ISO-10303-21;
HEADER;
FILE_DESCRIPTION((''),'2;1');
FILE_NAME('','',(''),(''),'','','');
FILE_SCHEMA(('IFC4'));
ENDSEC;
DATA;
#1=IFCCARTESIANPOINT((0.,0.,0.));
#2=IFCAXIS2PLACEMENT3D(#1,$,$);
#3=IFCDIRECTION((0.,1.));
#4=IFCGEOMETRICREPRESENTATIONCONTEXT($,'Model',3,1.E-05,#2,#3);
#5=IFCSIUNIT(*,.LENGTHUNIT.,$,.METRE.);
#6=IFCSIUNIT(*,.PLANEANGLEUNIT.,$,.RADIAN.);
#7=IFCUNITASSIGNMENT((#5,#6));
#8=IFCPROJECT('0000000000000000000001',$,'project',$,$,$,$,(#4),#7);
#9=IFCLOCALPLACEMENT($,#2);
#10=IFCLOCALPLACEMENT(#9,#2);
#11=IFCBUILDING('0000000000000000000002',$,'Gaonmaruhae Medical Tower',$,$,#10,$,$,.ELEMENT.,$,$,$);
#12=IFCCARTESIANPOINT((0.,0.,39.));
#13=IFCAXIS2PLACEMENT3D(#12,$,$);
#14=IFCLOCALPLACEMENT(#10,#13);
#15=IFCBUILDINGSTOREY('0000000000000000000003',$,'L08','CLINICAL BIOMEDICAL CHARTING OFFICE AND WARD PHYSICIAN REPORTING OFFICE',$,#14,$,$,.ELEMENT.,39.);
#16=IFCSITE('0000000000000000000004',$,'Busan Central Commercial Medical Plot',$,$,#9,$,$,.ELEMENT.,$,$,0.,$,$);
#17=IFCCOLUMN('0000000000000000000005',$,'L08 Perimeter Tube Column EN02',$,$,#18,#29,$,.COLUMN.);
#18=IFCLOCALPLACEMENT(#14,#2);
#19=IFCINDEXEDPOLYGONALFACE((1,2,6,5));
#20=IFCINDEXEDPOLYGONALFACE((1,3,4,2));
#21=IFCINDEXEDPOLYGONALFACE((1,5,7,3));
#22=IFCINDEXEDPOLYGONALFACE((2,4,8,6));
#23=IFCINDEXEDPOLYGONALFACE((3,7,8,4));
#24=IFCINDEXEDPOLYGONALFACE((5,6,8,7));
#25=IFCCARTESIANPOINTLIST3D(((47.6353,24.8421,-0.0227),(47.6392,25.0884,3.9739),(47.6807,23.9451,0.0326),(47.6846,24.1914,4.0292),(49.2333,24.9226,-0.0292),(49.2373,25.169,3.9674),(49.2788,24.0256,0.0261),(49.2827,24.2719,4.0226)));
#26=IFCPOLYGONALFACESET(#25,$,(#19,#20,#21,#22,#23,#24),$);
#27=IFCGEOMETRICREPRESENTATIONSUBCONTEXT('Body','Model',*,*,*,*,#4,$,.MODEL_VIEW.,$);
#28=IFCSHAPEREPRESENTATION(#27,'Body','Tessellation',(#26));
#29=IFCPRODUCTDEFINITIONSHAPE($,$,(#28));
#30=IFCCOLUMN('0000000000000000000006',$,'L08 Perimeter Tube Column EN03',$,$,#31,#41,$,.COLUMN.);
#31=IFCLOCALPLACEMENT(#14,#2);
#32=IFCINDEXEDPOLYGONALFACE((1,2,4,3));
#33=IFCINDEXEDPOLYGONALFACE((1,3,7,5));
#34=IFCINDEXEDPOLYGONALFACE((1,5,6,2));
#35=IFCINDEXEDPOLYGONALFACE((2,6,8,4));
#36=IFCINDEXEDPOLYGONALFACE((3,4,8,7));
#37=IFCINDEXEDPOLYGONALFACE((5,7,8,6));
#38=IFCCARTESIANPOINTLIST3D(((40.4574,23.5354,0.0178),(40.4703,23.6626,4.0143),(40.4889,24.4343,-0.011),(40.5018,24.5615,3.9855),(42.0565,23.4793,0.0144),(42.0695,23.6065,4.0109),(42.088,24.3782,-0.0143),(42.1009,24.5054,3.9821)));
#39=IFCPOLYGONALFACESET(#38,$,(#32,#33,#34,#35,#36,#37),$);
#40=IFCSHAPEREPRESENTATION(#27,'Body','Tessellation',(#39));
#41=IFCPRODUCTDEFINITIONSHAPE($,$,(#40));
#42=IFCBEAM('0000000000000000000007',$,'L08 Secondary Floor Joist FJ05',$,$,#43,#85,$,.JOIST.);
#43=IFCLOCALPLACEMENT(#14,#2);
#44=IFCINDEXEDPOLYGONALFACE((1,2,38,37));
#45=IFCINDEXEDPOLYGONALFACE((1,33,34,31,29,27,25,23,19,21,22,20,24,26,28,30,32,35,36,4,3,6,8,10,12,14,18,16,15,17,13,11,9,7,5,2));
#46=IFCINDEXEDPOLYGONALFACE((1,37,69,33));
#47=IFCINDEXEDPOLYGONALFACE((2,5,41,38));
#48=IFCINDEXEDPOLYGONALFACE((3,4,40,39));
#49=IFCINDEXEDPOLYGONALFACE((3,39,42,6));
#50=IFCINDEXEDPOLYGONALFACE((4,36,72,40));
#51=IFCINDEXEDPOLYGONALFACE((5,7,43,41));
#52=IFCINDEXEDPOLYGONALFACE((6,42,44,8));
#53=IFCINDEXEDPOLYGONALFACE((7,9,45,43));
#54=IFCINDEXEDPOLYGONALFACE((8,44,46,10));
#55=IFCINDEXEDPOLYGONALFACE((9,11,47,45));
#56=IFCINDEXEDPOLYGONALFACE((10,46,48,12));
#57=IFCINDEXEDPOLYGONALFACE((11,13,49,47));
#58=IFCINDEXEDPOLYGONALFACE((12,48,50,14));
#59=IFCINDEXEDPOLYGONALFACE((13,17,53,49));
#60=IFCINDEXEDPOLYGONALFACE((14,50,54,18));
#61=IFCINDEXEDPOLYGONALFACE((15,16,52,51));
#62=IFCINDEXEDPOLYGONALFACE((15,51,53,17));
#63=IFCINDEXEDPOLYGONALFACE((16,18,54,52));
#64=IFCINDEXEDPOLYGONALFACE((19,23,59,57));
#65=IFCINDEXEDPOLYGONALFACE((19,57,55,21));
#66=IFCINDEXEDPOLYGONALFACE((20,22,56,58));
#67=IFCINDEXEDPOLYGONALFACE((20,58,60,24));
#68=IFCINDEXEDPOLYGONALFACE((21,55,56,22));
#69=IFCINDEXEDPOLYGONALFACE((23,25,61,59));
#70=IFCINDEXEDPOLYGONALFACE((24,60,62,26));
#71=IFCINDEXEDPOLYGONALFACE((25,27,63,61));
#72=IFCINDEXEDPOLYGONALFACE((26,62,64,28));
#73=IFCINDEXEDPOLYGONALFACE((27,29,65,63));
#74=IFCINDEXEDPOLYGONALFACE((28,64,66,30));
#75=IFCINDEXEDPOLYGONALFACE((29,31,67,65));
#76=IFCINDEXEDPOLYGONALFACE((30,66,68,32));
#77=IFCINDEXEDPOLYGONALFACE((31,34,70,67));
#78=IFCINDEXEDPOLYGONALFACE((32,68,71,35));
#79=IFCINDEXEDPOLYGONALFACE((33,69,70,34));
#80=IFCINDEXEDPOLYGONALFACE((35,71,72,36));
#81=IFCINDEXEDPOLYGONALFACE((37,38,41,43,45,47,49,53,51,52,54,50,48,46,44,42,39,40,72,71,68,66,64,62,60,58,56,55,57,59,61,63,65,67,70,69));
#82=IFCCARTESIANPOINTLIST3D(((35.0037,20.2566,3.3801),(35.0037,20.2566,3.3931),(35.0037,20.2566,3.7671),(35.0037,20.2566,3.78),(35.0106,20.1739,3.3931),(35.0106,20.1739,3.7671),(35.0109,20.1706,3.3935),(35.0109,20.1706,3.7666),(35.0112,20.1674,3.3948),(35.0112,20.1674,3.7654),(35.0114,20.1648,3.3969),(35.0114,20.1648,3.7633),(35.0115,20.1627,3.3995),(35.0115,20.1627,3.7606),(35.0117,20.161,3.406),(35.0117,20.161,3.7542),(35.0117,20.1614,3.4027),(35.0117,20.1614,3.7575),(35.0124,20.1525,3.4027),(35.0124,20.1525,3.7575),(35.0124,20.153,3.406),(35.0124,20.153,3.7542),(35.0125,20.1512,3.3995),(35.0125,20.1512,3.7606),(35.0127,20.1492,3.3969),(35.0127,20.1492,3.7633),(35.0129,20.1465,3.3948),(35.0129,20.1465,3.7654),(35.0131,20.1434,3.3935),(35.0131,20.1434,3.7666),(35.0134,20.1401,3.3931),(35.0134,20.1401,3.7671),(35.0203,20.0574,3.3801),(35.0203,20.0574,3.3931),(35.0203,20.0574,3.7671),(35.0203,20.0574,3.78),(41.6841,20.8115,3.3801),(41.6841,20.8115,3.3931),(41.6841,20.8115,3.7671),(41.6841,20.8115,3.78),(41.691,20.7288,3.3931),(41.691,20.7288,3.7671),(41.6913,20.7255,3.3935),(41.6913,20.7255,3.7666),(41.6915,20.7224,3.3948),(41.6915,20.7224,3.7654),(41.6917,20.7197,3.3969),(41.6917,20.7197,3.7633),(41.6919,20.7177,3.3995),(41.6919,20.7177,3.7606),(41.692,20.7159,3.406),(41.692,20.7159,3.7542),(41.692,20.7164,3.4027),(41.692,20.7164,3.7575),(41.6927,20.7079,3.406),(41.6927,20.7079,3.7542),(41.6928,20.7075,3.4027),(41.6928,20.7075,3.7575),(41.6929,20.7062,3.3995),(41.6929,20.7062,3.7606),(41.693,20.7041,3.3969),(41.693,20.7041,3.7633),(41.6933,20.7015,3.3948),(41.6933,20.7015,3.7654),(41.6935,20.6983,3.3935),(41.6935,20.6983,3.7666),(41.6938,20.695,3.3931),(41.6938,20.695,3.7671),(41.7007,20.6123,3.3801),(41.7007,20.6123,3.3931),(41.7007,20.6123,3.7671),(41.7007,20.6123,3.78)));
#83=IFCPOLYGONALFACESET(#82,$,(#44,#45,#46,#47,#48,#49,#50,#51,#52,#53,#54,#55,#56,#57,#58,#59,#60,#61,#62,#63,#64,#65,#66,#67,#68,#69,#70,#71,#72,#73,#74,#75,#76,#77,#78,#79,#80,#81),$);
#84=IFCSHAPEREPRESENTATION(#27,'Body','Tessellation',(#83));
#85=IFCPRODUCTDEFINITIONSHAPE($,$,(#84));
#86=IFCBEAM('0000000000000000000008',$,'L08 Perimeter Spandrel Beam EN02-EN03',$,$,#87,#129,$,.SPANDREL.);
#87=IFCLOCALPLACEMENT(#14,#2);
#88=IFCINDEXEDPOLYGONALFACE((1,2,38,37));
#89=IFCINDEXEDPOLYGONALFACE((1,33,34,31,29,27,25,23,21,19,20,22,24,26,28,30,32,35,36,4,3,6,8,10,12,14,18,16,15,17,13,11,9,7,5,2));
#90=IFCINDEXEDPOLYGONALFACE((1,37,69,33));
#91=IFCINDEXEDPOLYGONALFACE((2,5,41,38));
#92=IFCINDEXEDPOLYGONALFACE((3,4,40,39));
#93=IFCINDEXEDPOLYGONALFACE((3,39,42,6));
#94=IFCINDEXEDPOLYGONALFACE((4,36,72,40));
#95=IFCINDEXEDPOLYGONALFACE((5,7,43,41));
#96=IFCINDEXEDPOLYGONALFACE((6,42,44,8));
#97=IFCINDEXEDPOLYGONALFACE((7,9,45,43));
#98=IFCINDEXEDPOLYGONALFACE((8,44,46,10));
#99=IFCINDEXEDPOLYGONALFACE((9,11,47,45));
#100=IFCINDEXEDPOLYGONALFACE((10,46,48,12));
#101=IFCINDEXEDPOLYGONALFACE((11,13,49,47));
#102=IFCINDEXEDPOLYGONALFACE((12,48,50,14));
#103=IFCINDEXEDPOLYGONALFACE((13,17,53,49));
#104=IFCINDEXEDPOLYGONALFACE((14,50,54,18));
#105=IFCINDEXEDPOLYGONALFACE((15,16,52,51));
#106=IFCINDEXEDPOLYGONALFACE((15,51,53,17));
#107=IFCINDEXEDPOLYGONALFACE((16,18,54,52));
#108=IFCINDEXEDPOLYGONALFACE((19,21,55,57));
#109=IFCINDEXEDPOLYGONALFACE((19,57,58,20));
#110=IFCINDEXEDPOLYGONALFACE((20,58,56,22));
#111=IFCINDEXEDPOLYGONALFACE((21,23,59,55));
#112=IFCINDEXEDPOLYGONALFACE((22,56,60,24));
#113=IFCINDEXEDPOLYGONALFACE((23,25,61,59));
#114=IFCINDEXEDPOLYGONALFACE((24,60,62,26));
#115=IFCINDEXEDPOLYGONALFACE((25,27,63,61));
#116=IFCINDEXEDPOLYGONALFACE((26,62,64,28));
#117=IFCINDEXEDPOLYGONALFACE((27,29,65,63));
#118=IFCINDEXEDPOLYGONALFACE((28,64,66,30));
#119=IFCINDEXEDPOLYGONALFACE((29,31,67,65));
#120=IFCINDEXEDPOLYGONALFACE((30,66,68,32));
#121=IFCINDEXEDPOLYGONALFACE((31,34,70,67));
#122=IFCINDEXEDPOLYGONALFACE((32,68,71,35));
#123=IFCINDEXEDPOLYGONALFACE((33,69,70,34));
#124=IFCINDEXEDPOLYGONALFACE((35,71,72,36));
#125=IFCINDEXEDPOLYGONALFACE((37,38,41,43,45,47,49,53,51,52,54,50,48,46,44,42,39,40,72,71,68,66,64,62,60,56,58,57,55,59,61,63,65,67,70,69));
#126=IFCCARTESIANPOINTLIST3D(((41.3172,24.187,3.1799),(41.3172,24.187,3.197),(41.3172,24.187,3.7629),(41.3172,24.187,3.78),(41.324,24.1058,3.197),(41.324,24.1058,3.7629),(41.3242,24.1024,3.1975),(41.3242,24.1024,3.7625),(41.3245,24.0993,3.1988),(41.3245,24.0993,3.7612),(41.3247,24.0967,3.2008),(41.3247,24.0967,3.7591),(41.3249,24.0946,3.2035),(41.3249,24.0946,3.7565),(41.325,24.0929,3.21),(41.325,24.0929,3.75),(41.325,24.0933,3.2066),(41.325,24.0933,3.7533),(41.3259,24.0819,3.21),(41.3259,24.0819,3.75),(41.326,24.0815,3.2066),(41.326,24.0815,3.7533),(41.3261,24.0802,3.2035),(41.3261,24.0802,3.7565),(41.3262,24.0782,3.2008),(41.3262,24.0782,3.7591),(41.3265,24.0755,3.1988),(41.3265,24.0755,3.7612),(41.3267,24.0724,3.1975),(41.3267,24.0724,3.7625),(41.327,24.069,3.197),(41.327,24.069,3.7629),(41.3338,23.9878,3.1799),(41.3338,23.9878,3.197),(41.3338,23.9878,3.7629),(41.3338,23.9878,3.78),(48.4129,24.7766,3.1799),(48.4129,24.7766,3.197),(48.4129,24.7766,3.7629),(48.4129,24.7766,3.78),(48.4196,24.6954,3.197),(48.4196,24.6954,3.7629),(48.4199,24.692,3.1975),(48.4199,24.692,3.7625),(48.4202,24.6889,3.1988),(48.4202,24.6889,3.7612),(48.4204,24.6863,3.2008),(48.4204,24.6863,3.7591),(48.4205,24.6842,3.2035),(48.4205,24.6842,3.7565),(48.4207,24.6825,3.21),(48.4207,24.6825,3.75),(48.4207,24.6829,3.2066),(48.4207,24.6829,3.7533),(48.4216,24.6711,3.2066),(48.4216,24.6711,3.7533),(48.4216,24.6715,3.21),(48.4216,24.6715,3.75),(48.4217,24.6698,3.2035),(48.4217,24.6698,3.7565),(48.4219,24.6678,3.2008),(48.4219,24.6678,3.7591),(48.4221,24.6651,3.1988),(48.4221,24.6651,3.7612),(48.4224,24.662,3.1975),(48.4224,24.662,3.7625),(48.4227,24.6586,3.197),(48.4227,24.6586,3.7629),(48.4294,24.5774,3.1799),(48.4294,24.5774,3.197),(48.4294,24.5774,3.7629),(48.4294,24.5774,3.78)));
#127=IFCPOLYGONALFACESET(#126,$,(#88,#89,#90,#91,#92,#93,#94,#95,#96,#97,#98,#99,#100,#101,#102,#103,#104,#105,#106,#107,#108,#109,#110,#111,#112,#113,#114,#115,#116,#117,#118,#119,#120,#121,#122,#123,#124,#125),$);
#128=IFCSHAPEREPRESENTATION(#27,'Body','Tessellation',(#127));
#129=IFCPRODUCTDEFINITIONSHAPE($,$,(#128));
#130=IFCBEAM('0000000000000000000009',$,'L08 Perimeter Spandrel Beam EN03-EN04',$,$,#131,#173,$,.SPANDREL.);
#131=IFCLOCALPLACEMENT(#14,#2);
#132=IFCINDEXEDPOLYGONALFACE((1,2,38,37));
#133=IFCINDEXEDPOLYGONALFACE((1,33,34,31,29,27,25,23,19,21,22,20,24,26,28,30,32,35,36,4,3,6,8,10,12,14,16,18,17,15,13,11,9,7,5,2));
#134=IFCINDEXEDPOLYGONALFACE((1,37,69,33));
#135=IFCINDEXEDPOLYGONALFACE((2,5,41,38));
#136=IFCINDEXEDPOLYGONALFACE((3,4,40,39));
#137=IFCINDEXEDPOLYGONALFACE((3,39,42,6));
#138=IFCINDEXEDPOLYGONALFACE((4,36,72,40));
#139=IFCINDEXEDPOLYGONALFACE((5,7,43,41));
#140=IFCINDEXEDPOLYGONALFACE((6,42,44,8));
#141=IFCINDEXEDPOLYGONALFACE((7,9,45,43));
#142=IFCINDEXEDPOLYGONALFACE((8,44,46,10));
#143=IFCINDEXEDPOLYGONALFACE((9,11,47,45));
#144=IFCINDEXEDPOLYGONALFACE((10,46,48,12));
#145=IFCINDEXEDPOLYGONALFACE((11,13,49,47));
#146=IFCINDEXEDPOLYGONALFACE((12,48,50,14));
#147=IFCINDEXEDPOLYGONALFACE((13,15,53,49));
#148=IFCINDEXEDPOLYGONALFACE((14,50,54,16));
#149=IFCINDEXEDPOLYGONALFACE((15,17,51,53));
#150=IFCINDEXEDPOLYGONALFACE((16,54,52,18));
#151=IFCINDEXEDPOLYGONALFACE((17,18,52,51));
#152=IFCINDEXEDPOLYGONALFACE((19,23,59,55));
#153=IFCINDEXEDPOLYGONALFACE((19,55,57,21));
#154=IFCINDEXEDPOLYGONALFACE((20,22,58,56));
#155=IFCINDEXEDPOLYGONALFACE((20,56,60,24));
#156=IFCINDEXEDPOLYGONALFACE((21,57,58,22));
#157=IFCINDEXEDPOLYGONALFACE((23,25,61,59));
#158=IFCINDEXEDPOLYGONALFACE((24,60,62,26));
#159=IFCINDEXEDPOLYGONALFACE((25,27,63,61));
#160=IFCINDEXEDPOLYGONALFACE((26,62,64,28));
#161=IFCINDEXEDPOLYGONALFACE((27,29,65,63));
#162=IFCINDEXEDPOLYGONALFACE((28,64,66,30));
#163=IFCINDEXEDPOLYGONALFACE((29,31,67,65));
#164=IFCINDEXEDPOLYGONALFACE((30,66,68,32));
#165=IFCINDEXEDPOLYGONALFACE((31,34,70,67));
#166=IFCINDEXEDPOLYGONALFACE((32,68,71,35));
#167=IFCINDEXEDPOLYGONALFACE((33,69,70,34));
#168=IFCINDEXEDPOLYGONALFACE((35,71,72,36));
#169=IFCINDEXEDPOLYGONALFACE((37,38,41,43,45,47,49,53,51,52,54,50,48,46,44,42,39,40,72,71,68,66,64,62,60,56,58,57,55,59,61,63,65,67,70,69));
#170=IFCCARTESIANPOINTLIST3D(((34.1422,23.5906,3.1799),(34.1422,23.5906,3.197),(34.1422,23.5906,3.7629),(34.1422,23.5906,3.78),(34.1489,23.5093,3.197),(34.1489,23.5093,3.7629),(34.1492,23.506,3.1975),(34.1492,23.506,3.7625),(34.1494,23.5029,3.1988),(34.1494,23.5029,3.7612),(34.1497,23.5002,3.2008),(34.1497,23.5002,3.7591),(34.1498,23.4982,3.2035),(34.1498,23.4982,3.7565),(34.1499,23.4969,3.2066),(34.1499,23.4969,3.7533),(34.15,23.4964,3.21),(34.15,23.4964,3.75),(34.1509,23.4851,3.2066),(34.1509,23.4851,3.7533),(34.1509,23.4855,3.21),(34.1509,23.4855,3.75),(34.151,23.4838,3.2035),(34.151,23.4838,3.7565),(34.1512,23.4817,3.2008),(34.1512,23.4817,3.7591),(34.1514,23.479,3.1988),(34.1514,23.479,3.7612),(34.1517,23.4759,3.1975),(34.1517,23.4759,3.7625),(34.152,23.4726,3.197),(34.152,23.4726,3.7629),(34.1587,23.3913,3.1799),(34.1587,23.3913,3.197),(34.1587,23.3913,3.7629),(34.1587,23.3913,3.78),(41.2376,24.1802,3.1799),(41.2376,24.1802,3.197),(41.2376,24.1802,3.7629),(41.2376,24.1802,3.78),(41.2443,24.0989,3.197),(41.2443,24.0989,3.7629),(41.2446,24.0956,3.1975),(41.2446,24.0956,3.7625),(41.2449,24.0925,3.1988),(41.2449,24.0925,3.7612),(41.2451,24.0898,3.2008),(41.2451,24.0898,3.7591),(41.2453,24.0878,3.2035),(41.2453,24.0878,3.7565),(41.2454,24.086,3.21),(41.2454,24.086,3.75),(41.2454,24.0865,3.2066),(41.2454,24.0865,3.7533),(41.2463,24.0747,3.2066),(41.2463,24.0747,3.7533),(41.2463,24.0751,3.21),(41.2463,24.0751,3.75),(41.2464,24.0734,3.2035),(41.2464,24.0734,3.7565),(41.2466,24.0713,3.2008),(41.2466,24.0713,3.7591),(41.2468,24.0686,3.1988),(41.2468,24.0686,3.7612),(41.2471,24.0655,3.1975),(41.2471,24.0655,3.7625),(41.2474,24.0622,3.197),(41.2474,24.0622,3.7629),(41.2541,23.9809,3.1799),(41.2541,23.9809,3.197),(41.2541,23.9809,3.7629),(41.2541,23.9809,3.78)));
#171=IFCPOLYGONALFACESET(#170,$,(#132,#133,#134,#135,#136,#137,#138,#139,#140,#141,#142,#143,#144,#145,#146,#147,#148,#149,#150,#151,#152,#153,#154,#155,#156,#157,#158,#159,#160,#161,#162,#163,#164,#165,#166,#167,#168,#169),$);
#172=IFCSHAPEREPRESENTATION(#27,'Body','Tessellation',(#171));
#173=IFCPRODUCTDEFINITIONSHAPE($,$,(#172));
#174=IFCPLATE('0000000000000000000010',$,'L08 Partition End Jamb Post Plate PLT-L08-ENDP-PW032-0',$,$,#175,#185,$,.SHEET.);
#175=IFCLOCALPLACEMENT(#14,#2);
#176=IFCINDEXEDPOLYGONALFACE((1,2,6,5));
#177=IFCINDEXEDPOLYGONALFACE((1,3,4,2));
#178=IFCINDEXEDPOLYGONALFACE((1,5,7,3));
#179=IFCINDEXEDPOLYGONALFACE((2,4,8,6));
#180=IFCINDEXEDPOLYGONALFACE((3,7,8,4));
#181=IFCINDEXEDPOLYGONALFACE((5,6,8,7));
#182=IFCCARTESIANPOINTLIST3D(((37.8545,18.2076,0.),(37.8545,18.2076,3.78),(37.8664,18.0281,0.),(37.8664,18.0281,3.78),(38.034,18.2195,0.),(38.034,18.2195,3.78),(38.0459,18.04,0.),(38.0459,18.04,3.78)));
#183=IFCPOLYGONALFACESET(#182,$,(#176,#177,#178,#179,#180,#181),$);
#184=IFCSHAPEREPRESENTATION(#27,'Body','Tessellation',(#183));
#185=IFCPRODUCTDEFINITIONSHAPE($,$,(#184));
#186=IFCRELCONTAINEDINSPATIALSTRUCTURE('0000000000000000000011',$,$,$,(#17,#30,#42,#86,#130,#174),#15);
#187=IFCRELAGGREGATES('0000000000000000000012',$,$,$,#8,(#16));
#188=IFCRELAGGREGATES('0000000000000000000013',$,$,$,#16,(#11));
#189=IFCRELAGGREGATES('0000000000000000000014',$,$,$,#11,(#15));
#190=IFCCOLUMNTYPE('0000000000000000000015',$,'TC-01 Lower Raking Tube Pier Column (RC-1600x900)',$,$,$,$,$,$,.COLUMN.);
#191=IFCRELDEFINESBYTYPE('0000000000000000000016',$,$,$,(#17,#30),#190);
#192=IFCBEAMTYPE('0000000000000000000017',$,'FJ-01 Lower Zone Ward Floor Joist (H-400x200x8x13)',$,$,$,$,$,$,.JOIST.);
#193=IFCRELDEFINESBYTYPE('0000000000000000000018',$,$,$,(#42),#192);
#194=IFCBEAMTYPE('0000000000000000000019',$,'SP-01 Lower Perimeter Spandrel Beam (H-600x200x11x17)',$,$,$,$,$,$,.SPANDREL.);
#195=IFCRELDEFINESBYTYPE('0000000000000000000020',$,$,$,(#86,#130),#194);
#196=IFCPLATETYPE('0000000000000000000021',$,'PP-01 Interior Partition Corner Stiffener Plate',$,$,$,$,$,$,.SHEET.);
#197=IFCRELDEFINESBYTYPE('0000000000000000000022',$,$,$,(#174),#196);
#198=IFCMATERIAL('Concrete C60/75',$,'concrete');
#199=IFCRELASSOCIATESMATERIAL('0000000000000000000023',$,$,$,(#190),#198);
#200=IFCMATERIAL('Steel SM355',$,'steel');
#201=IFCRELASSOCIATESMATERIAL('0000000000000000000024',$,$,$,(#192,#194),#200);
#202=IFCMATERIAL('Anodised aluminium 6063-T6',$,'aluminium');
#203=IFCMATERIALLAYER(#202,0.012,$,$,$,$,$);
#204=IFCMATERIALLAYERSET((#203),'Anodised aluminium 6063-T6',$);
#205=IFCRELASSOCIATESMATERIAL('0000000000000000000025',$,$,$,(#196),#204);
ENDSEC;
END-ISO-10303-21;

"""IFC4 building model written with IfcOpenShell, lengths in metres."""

from ifc_helpers import new_model, si_unit, direction, frame, origin, origin_2d, place, context, subcontext, project, spatial, rectangle, i_section, extrude, material, layer, layer_set, material_profile, profile_set, type_object, element, save


model = new_model("IFC4")

# Units and contexts
model_context = context("Model", 3, precision=1e-05, world=origin(), true_north=direction((0.0, 1.0)))
body_context = subcontext(model_context, "Body", "Model", "MODEL_VIEW")
ifc_project = project(units=[si_unit("LENGTHUNIT", "METRE"), si_unit("PLANEANGLEUNIT", "RADIAN")], contexts=[model_context])

# Site, building, storey
site_placement = place(None, origin())
site = spatial("IfcSite", under=ifc_project, at=site_placement, Name="Busan Central Commercial Medical Plot", CompositionType="ELEMENT", RefElevation=0.0)
building_placement = place(site_placement, origin())
building = spatial("IfcBuilding", under=site, at=building_placement, Name="Gaonmaruhae Medical Tower", CompositionType="ELEMENT")
storey_placement = place(building_placement, frame((0.0, 0.0, 39.0)))
storey = spatial("IfcBuildingStorey", under=building, at=storey_placement, Name="L08", Description="CLINICAL BIOMEDICAL CHARTING OFFICE AND WARD PHYSICIAN REPORTING OFFICE", CompositionType="ELEMENT", Elevation=39.0)

# Columns
ifc_material_1 = material(Name="Concrete C60/75", Category="concrete")
ifc_material_profile_1 = material_profile(ifc_material_1, rectangle(XDim=1.6001, YDim=0.8999, at=origin_2d()), Name="RC-1600x900")
ifc_profile_set_1 = profile_set([ifc_material_profile_1], Name="Concrete C60/75")
column_type = type_object("IfcColumnType", Name="TC-01 Lower Raking Tube Pier Column (RC-1600x900)", PredefinedType="COLUMN", material=ifc_profile_set_1)
column_1_placement = place(storey_placement, frame((48.457, 24.4338, 0.0017), z_axis=(0.000976, 0.06152, 0.998105), x_axis=(-0.998725, -0.05032, 0.004078)))
element("IfcColumn", 1, at=column_1_placement, inside=storey, type_object=column_type, Name="L08 Perimeter Tube Column EN02", PredefinedType="COLUMN", context=body_context, shape_type="SweptSolid", body=[
    extrude(rectangle(XDim=1.6001, YDim=0.8999, at=origin_2d()), origin(), (0.0, 0.0, 1.0), 4.0042),
])
column_2_placement = place(storey_placement, frame((41.2727, 23.9568, 0.0017), z_axis=(0.003236, 0.03181, 0.999489), x_axis=(-0.999382, 0.035083, 0.002119)))
element("IfcColumn", 2, at=column_2_placement, inside=storey, type_object=column_type, Name="L08 Perimeter Tube Column EN03", PredefinedType="COLUMN", context=body_context, shape_type="SweptSolid", body=[
    extrude(rectangle(XDim=1.6001, YDim=0.8999, at=origin_2d()), origin(), (0.0, 0.0, 1.0), 3.9985),
])

# Beams
ifc_material_2 = material(Name="Steel SM355", Category="steel")
ifc_material_profile_2 = material_profile(ifc_material_2, i_section(OverallWidth=0.2, OverallDepth=0.3999, WebThickness=0.0081, FlangeThickness=0.0129, FilletRadius=0.0129, at=origin_2d()), Name="H-400x200x8x13")
ifc_profile_set_2 = profile_set([ifc_material_profile_2], Name="Steel SM355")
beam_type_1 = type_object("IfcBeamType", Name="FJ-01 Lower Zone Ward Floor Joist (H-400x200x8x13)", PredefinedType="JOIST", material=ifc_profile_set_2)
beam_1_placement = place(storey_placement, frame((41.6924, 20.7119, 3.5801), z_axis=(-0.996568, -0.082783, 0.0), x_axis=(0.082783, -0.996568, 0.0)))
element("IfcBeam", 3, at=beam_1_placement, inside=storey, type_object=beam_type_1, Name="L08 Secondary Floor Joist FJ05", PredefinedType="JOIST", context=body_context, shape_type="SweptSolid", body=[
    extrude(i_section(OverallWidth=0.2, OverallDepth=0.3999, WebThickness=0.0081, FlangeThickness=0.0129, FilletRadius=0.0129, at=origin_2d()), origin(), (0.0, 0.0, 1.0), 6.7034),
])
ifc_material_profile_3 = material_profile(ifc_material_2, i_section(OverallWidth=0.2, OverallDepth=0.6001, WebThickness=0.011, FlangeThickness=0.0171, FilletRadius=0.0129, at=origin_2d()), Name="H-600x200x11x17")
ifc_profile_set_3 = profile_set([ifc_material_profile_3], Name="Steel SM355")
beam_type_2 = type_object("IfcBeamType", Name="SP-01 Lower Perimeter Spandrel Beam (H-600x200x11x17)", PredefinedType="SPANDREL", material=ifc_profile_set_3)
beam_2_placement = place(storey_placement, frame((48.4211, 24.677, 3.48), z_axis=(-0.996566, -0.082807, 0.0), x_axis=(0.082807, -0.996566, 0.0)))
element("IfcBeam", 4, at=beam_2_placement, inside=storey, type_object=beam_type_2, Name="L08 Perimeter Spandrel Beam EN02-EN03", PredefinedType="SPANDREL", context=body_context, shape_type="SweptSolid", body=[
    extrude(i_section(OverallWidth=0.2, OverallDepth=0.6001, WebThickness=0.011, FlangeThickness=0.0171, FilletRadius=0.0129, at=origin_2d()), origin(), (0.0, 0.0, 1.0), 7.1201),
])
beam_3_placement = place(storey_placement, frame((41.2458, 24.0806, 3.48), z_axis=(-0.996565, -0.08281, 0.0), x_axis=(0.08281, -0.996565, 0.0)))
element("IfcBeam", 5, at=beam_3_placement, inside=storey, type_object=beam_type_2, Name="L08 Perimeter Spandrel Beam EN03-EN04", PredefinedType="SPANDREL", context=body_context, shape_type="SweptSolid", body=[
    extrude(i_section(OverallWidth=0.2, OverallDepth=0.6001, WebThickness=0.011, FlangeThickness=0.0171, FilletRadius=0.0129, at=origin_2d()), origin(), (0.0, 0.0, 1.0), 7.1199),
])

# Plate
ifc_material_3 = material(Name="Anodised aluminium 6063-T6", Category="aluminium")
ifc_layer_1 = layer(ifc_material_3, 0.012)
ifc_layer_set_1 = layer_set([ifc_layer_1], Name="Anodised aluminium 6063-T6")
plate_type = type_object("IfcPlateType", Name="PP-01 Interior Partition Corner Stiffener Plate", PredefinedType="SHEET", material=ifc_layer_set_1)
plate_placement = place(storey_placement, frame((37.9502, 18.1238, 0.0), z_axis=(0.0, 0.0, 1.0), x_axis=(0.997804, 0.066239, 0.0)))
element("IfcPlate", 6, at=plate_placement, inside=storey, type_object=plate_type, Name="L08 Partition End Jamb Post Plate PLT-L08-ENDP-PW032-0", PredefinedType="SHEET", context=body_context, shape_type="SweptSolid", body=[
    extrude(rectangle(XDim=0.1799, YDim=0.1799, at=origin_2d()), origin(), (0.0, 0.0, 1.0), 3.78),
])

save(model, "model.ifc")
